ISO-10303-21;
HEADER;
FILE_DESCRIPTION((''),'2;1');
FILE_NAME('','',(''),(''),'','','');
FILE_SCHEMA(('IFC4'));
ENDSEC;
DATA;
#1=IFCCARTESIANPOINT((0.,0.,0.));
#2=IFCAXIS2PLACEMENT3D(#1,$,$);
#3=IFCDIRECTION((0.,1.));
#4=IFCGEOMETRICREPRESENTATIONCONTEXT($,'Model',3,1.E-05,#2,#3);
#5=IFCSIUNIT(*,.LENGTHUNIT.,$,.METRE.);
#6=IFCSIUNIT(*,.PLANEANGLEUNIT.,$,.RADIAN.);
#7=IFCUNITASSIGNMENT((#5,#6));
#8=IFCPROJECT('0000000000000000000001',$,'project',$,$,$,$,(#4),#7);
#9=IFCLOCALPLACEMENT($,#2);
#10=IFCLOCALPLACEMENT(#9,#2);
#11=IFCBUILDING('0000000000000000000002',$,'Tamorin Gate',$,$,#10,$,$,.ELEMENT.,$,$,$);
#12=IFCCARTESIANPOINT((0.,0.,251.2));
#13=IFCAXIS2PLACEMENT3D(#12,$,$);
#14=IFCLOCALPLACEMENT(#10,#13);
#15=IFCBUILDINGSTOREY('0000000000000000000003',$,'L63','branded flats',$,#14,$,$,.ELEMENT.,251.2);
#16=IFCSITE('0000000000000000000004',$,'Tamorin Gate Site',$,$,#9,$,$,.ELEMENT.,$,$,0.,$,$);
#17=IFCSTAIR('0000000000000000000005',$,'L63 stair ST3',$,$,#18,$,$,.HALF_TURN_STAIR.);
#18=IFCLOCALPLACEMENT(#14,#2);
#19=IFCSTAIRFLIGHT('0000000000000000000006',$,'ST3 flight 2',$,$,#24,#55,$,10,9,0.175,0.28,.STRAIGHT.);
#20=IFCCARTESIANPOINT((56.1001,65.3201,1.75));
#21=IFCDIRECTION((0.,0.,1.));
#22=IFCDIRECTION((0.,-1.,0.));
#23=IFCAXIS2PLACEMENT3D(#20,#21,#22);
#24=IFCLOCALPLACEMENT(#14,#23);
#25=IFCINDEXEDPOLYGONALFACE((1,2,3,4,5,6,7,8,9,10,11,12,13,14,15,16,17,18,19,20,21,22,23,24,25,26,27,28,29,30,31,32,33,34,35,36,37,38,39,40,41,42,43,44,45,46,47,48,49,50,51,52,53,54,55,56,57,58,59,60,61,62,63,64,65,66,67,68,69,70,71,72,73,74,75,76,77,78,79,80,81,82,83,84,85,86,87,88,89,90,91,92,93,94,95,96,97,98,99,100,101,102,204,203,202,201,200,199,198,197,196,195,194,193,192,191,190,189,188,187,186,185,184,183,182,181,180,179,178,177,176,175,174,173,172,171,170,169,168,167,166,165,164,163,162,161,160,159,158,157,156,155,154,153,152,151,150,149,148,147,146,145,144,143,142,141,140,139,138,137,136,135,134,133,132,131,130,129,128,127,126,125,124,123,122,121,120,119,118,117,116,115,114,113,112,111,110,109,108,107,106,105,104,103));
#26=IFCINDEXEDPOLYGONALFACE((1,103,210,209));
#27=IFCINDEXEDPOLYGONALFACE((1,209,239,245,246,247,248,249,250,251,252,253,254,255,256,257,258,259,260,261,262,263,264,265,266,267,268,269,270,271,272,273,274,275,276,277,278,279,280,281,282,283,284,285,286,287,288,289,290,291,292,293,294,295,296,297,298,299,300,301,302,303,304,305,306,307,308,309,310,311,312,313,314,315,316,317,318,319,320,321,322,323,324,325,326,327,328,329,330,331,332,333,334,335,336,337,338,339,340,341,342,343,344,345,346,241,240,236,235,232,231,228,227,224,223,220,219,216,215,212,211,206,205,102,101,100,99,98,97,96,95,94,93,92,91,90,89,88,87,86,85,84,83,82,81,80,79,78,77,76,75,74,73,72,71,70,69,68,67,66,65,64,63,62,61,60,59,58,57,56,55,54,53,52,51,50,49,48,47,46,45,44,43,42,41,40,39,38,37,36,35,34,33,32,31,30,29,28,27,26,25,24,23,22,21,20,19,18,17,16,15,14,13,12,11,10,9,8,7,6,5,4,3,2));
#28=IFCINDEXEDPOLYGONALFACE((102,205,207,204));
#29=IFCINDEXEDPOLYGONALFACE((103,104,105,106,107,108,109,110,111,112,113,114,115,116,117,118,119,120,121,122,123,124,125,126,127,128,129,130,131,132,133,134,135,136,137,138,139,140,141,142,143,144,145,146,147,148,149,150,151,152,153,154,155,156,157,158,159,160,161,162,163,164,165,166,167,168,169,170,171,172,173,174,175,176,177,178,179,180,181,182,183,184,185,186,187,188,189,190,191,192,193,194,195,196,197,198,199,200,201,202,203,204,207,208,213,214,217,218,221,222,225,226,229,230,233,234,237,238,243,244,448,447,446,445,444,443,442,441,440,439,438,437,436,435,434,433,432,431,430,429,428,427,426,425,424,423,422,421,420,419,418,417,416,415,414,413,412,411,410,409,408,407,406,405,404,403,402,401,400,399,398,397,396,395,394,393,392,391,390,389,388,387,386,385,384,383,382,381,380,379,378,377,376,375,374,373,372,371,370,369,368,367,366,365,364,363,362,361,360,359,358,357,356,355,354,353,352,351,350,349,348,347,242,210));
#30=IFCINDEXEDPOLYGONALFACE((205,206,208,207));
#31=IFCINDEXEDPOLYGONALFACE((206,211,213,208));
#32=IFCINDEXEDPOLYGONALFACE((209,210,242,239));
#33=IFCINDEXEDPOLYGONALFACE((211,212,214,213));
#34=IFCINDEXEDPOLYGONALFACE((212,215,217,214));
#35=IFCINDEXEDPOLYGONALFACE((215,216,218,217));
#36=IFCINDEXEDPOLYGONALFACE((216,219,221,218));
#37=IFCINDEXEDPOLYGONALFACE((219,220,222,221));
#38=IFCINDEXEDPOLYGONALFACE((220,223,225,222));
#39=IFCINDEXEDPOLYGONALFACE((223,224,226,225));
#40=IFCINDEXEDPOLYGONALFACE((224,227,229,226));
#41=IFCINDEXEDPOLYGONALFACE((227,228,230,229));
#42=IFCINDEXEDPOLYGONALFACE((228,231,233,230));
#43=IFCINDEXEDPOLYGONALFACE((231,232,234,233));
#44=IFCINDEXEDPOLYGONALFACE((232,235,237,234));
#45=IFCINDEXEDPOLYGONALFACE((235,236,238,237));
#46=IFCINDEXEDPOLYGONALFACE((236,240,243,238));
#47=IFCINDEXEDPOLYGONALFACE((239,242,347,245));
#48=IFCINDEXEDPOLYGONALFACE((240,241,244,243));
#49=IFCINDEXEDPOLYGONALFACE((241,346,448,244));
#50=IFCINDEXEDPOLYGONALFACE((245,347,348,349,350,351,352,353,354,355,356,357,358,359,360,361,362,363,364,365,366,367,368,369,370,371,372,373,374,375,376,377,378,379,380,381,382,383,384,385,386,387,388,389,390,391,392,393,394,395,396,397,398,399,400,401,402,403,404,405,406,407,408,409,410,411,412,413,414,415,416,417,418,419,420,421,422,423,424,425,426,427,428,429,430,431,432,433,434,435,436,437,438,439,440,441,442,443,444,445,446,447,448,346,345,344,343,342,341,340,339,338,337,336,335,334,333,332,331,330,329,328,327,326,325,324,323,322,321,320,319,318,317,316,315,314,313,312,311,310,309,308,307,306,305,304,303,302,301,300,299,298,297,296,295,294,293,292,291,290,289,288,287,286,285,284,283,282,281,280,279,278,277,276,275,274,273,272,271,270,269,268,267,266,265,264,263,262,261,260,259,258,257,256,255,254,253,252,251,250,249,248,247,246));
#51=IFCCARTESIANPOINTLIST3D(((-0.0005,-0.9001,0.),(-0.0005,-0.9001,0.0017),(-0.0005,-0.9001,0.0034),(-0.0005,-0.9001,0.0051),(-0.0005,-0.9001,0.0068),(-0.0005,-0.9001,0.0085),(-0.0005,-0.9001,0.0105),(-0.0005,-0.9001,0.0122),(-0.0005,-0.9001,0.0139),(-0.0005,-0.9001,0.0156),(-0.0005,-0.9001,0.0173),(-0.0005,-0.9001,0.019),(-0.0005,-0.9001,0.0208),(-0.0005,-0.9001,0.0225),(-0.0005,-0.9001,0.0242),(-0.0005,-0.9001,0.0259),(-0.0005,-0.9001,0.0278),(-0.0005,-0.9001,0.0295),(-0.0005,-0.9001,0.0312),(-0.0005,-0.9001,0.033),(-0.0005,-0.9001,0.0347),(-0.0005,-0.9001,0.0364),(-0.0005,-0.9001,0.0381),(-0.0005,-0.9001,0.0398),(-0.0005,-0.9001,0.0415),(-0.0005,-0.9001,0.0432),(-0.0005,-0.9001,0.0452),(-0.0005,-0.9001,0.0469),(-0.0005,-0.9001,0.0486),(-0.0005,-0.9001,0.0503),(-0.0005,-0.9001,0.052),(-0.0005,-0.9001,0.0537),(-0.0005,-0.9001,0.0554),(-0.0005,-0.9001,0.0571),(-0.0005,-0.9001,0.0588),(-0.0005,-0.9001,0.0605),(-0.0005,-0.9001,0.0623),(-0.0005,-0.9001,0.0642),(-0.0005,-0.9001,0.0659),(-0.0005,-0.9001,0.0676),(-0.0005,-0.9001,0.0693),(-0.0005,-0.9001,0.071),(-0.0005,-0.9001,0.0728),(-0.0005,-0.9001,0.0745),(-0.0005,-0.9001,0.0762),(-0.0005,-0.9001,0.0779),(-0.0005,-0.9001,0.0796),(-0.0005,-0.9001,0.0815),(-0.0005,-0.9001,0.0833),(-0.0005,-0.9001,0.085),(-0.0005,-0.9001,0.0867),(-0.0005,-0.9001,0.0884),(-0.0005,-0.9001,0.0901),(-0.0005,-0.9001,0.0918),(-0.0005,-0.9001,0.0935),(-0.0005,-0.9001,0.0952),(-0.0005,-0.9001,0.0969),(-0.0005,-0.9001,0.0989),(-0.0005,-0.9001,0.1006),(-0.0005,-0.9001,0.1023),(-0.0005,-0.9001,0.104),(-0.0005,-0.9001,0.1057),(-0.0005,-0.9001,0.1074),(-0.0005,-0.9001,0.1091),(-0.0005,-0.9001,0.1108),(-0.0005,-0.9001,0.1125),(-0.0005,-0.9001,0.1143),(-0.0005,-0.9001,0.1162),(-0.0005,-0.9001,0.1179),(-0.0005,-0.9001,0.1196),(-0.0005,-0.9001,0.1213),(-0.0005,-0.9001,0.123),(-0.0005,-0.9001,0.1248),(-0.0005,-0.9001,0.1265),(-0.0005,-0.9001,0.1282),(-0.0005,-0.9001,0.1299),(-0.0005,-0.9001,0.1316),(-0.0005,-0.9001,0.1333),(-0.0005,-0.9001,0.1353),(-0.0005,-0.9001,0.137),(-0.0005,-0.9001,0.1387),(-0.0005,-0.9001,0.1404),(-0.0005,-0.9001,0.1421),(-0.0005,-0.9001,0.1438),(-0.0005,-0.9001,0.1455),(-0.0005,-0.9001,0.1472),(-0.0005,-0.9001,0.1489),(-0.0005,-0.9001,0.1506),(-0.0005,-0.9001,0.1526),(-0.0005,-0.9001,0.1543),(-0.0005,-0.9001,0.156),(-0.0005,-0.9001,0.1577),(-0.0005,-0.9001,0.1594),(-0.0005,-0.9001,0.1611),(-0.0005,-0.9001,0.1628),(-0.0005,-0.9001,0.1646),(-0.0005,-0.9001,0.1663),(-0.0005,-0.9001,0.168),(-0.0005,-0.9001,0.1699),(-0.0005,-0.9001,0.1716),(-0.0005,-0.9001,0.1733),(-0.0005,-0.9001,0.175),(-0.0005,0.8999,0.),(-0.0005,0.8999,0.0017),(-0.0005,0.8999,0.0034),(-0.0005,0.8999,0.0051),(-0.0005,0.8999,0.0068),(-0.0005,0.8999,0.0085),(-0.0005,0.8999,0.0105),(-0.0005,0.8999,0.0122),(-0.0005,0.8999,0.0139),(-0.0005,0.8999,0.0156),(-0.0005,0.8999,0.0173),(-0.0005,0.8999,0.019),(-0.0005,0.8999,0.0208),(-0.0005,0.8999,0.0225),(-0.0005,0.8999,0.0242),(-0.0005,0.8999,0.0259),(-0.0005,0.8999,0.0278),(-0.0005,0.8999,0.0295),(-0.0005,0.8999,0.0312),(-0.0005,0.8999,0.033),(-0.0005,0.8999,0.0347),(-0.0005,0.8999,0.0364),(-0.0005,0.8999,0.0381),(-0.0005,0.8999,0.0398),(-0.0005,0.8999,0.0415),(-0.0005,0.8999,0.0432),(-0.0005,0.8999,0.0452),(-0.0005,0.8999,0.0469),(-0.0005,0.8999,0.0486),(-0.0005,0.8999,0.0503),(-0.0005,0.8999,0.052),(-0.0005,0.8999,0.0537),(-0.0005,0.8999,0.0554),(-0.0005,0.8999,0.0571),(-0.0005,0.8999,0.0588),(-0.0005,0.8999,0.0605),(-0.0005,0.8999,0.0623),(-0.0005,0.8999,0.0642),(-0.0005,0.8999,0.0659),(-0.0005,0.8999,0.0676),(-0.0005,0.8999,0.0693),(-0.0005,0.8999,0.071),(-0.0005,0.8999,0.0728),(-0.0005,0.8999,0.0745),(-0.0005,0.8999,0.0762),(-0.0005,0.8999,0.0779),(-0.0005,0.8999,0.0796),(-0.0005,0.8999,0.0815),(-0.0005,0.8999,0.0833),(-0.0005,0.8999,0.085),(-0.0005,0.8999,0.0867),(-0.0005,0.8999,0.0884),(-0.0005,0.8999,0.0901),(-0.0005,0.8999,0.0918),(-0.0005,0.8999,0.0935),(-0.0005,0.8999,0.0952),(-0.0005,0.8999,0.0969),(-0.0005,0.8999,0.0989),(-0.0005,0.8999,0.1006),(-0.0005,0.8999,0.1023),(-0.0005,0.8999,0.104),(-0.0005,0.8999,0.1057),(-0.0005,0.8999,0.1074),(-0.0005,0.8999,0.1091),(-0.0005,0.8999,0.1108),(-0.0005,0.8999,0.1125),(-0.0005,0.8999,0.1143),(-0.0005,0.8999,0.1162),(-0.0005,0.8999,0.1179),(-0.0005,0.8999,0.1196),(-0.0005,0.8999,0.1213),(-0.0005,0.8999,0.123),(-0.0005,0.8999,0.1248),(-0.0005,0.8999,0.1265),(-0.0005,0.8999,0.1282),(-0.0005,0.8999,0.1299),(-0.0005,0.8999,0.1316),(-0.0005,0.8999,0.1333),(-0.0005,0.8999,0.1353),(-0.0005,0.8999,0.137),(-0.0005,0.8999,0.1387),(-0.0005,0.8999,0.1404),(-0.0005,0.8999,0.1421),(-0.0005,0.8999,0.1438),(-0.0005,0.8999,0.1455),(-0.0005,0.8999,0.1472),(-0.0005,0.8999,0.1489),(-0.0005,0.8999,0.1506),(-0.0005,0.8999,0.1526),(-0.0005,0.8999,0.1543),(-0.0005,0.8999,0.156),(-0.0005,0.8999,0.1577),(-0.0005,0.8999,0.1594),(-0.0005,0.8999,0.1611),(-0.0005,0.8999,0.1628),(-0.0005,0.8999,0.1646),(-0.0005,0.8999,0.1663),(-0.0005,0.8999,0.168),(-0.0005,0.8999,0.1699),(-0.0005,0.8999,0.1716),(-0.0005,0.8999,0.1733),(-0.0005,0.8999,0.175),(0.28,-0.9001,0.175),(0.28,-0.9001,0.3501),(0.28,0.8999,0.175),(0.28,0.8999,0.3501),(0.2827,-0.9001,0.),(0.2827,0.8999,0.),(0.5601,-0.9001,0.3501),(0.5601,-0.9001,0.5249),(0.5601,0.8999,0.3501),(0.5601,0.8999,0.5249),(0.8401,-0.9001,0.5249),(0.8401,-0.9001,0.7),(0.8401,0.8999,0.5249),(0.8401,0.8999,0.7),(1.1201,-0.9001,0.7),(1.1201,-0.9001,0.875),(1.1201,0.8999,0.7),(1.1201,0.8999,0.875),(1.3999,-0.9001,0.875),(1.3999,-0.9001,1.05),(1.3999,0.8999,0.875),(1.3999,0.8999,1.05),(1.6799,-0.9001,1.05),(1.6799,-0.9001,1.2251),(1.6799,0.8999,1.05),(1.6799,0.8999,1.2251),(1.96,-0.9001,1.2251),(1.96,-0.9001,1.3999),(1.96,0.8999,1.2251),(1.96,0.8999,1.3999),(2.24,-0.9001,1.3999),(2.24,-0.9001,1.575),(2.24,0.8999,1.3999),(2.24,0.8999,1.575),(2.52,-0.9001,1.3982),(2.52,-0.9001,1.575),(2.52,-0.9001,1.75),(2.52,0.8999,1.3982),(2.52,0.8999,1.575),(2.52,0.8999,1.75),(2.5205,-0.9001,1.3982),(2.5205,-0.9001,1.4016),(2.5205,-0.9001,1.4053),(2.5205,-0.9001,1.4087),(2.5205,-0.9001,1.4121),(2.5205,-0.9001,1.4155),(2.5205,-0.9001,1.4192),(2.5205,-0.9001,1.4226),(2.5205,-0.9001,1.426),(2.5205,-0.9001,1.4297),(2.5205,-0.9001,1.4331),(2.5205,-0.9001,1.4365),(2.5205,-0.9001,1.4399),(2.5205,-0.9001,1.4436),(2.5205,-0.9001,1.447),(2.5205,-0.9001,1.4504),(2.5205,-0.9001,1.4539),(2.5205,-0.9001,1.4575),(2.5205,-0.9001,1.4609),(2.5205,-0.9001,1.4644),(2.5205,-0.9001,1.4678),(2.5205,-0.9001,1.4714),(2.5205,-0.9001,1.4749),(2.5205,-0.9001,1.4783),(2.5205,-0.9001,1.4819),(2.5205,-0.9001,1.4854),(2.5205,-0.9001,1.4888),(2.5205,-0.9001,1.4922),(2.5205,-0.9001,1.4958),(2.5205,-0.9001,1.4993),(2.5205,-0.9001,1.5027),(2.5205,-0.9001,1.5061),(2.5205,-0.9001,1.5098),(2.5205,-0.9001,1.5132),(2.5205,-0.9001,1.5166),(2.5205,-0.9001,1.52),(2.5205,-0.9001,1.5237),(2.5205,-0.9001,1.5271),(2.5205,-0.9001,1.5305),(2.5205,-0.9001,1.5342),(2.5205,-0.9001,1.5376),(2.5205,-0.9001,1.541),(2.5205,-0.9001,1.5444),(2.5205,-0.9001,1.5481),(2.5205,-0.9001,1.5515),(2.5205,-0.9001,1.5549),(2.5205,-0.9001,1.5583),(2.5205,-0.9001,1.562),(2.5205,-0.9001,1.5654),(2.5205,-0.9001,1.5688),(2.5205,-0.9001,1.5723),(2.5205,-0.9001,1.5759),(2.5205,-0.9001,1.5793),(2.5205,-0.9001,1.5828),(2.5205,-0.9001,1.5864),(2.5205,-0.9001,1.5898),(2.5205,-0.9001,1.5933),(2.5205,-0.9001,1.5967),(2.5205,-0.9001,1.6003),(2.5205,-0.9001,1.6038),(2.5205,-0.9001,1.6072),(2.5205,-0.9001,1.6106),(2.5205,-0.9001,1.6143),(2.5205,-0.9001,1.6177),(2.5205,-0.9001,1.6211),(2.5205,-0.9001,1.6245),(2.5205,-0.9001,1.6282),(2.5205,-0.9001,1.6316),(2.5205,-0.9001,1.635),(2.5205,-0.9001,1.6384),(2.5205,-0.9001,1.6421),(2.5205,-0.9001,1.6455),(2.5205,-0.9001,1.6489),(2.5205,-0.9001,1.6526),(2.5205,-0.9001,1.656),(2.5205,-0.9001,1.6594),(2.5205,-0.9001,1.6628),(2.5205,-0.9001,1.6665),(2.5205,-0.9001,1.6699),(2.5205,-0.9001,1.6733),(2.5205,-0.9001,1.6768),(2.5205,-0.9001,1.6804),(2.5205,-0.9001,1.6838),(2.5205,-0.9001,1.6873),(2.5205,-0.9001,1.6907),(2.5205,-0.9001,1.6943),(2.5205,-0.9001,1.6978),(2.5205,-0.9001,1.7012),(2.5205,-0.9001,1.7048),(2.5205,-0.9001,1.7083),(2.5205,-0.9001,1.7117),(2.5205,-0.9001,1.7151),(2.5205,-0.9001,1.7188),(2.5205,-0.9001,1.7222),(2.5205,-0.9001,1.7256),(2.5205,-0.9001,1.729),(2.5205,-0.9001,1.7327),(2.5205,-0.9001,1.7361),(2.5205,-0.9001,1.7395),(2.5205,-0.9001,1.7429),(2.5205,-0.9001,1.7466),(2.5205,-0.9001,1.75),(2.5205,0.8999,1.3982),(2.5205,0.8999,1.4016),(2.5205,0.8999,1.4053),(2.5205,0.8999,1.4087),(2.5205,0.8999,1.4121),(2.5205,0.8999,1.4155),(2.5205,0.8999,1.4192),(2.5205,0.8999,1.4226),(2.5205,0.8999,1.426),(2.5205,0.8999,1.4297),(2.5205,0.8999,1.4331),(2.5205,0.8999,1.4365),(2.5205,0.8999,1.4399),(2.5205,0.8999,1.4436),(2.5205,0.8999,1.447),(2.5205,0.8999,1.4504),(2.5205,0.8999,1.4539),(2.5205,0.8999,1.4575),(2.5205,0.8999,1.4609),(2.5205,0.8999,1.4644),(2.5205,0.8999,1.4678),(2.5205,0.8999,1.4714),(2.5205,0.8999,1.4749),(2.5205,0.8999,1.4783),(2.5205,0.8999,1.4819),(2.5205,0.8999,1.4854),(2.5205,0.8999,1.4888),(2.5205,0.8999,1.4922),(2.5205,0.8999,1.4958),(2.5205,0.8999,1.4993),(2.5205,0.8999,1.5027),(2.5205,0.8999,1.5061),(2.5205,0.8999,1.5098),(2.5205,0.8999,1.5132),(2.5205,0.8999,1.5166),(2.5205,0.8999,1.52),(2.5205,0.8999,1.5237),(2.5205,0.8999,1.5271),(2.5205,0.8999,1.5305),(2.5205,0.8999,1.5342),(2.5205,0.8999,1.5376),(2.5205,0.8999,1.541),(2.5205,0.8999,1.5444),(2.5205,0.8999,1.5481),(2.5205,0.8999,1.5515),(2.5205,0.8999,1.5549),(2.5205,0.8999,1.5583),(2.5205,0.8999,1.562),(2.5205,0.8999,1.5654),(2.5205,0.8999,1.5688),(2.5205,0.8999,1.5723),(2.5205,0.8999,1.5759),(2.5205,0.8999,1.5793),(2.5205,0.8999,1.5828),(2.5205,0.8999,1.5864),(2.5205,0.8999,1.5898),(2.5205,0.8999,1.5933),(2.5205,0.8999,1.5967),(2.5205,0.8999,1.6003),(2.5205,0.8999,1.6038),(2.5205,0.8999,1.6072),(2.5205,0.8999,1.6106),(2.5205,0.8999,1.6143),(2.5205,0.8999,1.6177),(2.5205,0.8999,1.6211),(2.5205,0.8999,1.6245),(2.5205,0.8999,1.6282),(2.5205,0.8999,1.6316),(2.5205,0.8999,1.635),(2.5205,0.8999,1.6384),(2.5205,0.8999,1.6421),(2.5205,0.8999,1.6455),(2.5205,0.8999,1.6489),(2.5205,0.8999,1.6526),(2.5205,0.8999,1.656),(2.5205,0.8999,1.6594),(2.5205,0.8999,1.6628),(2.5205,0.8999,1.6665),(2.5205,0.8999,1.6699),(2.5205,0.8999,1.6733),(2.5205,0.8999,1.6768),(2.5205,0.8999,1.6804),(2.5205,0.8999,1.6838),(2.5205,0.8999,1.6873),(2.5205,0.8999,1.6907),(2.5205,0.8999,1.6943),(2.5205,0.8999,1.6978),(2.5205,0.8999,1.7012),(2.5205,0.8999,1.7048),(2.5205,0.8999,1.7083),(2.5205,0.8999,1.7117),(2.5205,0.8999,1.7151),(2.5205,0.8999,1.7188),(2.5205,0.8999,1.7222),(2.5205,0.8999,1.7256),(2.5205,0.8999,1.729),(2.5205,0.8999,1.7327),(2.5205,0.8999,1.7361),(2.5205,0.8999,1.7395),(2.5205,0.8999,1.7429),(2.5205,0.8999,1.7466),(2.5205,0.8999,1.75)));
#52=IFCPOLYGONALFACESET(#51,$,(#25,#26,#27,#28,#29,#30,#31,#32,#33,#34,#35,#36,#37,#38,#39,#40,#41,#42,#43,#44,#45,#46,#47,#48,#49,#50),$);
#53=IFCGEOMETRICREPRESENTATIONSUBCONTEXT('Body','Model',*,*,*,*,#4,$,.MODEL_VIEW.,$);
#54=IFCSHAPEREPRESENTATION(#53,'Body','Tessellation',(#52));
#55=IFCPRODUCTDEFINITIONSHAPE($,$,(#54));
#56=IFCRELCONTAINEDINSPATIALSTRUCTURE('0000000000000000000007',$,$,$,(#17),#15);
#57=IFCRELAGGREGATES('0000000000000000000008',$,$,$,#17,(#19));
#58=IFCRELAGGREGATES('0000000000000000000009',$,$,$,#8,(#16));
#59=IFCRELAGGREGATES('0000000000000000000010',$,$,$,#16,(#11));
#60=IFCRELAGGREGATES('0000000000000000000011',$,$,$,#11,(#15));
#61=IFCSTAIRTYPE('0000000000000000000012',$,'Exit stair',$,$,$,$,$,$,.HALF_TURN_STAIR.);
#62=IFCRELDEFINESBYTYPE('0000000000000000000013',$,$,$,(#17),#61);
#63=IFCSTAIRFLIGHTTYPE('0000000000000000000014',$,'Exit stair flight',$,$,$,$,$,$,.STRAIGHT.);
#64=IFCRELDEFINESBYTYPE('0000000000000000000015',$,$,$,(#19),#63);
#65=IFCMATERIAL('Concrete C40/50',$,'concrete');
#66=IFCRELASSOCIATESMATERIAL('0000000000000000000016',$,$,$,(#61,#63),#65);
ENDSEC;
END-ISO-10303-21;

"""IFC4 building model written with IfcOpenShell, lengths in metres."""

from ifc_helpers import new_model, si_unit, direction, frame, origin, place, context, subcontext, project, spatial, polyline, outline, extrude, material, type_object, element, aggregate, save


model = new_model("IFC4")

# Units and contexts
model_context = context("Model", 3, precision=1e-05, world=origin(), true_north=direction((0.0, 1.0)))
body_context = subcontext(model_context, "Body", "Model", "MODEL_VIEW")
ifc_project = project(units=[si_unit("LENGTHUNIT", "METRE"), si_unit("PLANEANGLEUNIT", "RADIAN")], contexts=[model_context])

# Site, building, storey
site_placement = place(None, origin())
site = spatial("IfcSite", under=ifc_project, at=site_placement, Name="Tamorin Gate Site", CompositionType="ELEMENT", RefElevation=0.0)
building_placement = place(site_placement, origin())
building = spatial("IfcBuilding", under=site, at=building_placement, Name="Tamorin Gate", CompositionType="ELEMENT")
storey_placement = place(building_placement, frame((0.0, 0.0, 251.2)))
storey = spatial("IfcBuildingStorey", under=building, at=storey_placement, Name="L63", Description="branded flats", CompositionType="ELEMENT", Elevation=251.2)

# Stair, stair flight
ifc_material_1 = material(Name="Concrete C40/50", Category="concrete")
stair_type = type_object("IfcStairType", Name="Exit stair", PredefinedType="HALF_TURN_STAIR", material=ifc_material_1)
stair_placement = place(storey_placement, origin())
stair = element("IfcStair", 1, at=stair_placement, inside=storey, type_object=stair_type, Name="L63 stair ST3", PredefinedType="HALF_TURN_STAIR")
stair_flight_type = type_object("IfcStairFlightType", Name="Exit stair flight", PredefinedType="STRAIGHT", material=ifc_material_1)
stair_flight_1_placement = place(storey_placement, frame((56.1001, 65.3201, 1.75), z_axis=(0.0, 0.0, 1.0), x_axis=(0.0, -1.0, 0.0)))
stair_flight_1 = element("IfcStairFlight", 2, at=stair_flight_1_placement, type_object=stair_flight_type, Name="ST3 flight 2", NumberOfRisers=10, NumberOfTreads=9, PredefinedType="STRAIGHT", RiserHeight=0.175, TreadLength=0.28, context=body_context, shape_type="SweptSolid", body=[
    extrude(outline(polyline([(-0.0005, 0.0), (-0.0005, 0.0017), (-0.0005, 0.0034), (-0.0005, 0.0051), (-0.0005, 0.0068), (-0.0005, 0.0085), (-0.0005, 0.0105), (-0.0005, 0.0122), (-0.0005, 0.0139), (-0.0005, 0.0156), (-0.0005, 0.0173), (-0.0005, 0.019), (-0.0005, 0.0208), (-0.0005, 0.0225), (-0.0005, 0.0242), (-0.0005, 0.0259), (-0.0005, 0.0278), (-0.0005, 0.0295), (-0.0005, 0.0312), (-0.0005, 0.033), (-0.0005, 0.0347), (-0.0005, 0.0364), (-0.0005, 0.0381), (-0.0005, 0.0398), (-0.0005, 0.0415), (-0.0005, 0.0432), (-0.0005, 0.0452), (-0.0005, 0.0469), (-0.0005, 0.0486), (-0.0005, 0.0503), (-0.0005, 0.052), (-0.0005, 0.0537), (-0.0005, 0.0554), (-0.0005, 0.0571), (-0.0005, 0.0588), (-0.0005, 0.0605), (-0.0005, 0.0623), (-0.0005, 0.0642), (-0.0005, 0.0659), (-0.0005, 0.0676), (-0.0005, 0.0693), (-0.0005, 0.071), (-0.0005, 0.0728), (-0.0005, 0.0745), (-0.0005, 0.0762), (-0.0005, 0.0779), (-0.0005, 0.0796), (-0.0005, 0.0815), (-0.0005, 0.0833), (-0.0005, 0.085), (-0.0005, 0.0867), (-0.0005, 0.0884), (-0.0005, 0.0901), (-0.0005, 0.0918), (-0.0005, 0.0935), (-0.0005, 0.0952), (-0.0005, 0.0969), (-0.0005, 0.0989), (-0.0005, 0.1006), (-0.0005, 0.1023), (-0.0005, 0.104), (-0.0005, 0.1057), (-0.0005, 0.1074), (-0.0005, 0.1091), (-0.0005, 0.1108), (-0.0005, 0.1125), (-0.0005, 0.1143), (-0.0005, 0.1162), (-0.0005, 0.1179), (-0.0005, 0.1196), (-0.0005, 0.1213), (-0.0005, 0.123), (-0.0005, 0.1248), (-0.0005, 0.1265), (-0.0005, 0.1282), (-0.0005, 0.1299), (-0.0005, 0.1316), (-0.0005, 0.1333), (-0.0005, 0.1353), (-0.0005, 0.137), (-0.0005, 0.1387), (-0.0005, 0.1404), (-0.0005, 0.1421), (-0.0005, 0.1438), (-0.0005, 0.1455), (-0.0005, 0.1472), (-0.0005, 0.1489), (-0.0005, 0.1506), (-0.0005, 0.1526), (-0.0005, 0.1543), (-0.0005, 0.156), (-0.0005, 0.1577), (-0.0005, 0.1594), (-0.0005, 0.1611), (-0.0005, 0.1628), (-0.0005, 0.1646), (-0.0005, 0.1663), (-0.0005, 0.168), (-0.0005, 0.1699), (-0.0005, 0.1716), (-0.0005, 0.1733), (-0.0005, 0.175), (0.28, 0.175), (0.28, 0.3501), (0.5601, 0.3501), (0.5601, 0.5249), (0.8401, 0.5249), (0.8401, 0.7), (1.1201, 0.7), (1.1201, 0.875), (1.3999, 0.875), (1.3999, 1.05), (1.6799, 1.05), (1.6799, 1.2251), (1.96, 1.2251), (1.96, 1.3999), (2.24, 1.3999), (2.24, 1.575), (2.52, 1.575), (2.52, 1.75), (2.5205, 1.75), (2.5205, 1.7466), (2.5205, 1.7429), (2.5205, 1.7395), (2.5205, 1.7361), (2.5205, 1.7327), (2.5205, 1.729), (2.5205, 1.7256), (2.5205, 1.7222), (2.5205, 1.7188), (2.5205, 1.7151), (2.5205, 1.7117), (2.5205, 1.7083), (2.5205, 1.7048), (2.5205, 1.7012), (2.5205, 1.6978), (2.5205, 1.6943), (2.5205, 1.6907), (2.5205, 1.6873), (2.5205, 1.6838), (2.5205, 1.6804), (2.5205, 1.6768), (2.5205, 1.6733), (2.5205, 1.6699), (2.5205, 1.6665), (2.5205, 1.6628), (2.5205, 1.6594), (2.5205, 1.656), (2.5205, 1.6526), (2.5205, 1.6489), (2.5205, 1.6455), (2.5205, 1.6421), (2.5205, 1.6384), (2.5205, 1.635), (2.5205, 1.6316), (2.5205, 1.6282), (2.5205, 1.6245), (2.5205, 1.6211), (2.5205, 1.6177), (2.5205, 1.6143), (2.5205, 1.6106), (2.5205, 1.6072), (2.5205, 1.6038), (2.5205, 1.6003), (2.5205, 1.5967), (2.5205, 1.5933), (2.5205, 1.5898), (2.5205, 1.5864), (2.5205, 1.5828), (2.5205, 1.5793), (2.5205, 1.5759), (2.5205, 1.5723), (2.5205, 1.5688), (2.5205, 1.5654), (2.5205, 1.562), (2.5205, 1.5583), (2.5205, 1.5549), (2.5205, 1.5515), (2.5205, 1.5481), (2.5205, 1.5444), (2.5205, 1.541), (2.5205, 1.5376), (2.5205, 1.5342), (2.5205, 1.5305), (2.5205, 1.5271), (2.5205, 1.5237), (2.5205, 1.52), (2.5205, 1.5166), (2.5205, 1.5132), (2.5205, 1.5098), (2.5205, 1.5061), (2.5205, 1.5027), (2.5205, 1.4993), (2.5205, 1.4958), (2.5205, 1.4922), (2.5205, 1.4888), (2.5205, 1.4854), (2.5205, 1.4819), (2.5205, 1.4783), (2.5205, 1.4749), (2.5205, 1.4714), (2.5205, 1.4678), (2.5205, 1.4644), (2.5205, 1.4609), (2.5205, 1.4575), (2.5205, 1.4539), (2.5205, 1.4504), (2.5205, 1.447), (2.5205, 1.4436), (2.5205, 1.4399), (2.5205, 1.4365), (2.5205, 1.4331), (2.5205, 1.4297), (2.5205, 1.426), (2.5205, 1.4226), (2.5205, 1.4192), (2.5205, 1.4155), (2.5205, 1.4121), (2.5205, 1.4087), (2.5205, 1.4053), (2.5205, 1.4016), (2.5205, 1.3982), (2.52, 1.3982), (0.2827, 0.0), (-0.0005, 0.0)])), frame((0.0, 0.8999, 0.0), z_axis=(0.0, -1.0, 0.0), x_axis=(1.0, 0.0, 0.0)), (0.0, 0.0, 1.0), 1.8),
])
aggregate(stair, [stair_flight_1])

save(model, "model.ifc")
